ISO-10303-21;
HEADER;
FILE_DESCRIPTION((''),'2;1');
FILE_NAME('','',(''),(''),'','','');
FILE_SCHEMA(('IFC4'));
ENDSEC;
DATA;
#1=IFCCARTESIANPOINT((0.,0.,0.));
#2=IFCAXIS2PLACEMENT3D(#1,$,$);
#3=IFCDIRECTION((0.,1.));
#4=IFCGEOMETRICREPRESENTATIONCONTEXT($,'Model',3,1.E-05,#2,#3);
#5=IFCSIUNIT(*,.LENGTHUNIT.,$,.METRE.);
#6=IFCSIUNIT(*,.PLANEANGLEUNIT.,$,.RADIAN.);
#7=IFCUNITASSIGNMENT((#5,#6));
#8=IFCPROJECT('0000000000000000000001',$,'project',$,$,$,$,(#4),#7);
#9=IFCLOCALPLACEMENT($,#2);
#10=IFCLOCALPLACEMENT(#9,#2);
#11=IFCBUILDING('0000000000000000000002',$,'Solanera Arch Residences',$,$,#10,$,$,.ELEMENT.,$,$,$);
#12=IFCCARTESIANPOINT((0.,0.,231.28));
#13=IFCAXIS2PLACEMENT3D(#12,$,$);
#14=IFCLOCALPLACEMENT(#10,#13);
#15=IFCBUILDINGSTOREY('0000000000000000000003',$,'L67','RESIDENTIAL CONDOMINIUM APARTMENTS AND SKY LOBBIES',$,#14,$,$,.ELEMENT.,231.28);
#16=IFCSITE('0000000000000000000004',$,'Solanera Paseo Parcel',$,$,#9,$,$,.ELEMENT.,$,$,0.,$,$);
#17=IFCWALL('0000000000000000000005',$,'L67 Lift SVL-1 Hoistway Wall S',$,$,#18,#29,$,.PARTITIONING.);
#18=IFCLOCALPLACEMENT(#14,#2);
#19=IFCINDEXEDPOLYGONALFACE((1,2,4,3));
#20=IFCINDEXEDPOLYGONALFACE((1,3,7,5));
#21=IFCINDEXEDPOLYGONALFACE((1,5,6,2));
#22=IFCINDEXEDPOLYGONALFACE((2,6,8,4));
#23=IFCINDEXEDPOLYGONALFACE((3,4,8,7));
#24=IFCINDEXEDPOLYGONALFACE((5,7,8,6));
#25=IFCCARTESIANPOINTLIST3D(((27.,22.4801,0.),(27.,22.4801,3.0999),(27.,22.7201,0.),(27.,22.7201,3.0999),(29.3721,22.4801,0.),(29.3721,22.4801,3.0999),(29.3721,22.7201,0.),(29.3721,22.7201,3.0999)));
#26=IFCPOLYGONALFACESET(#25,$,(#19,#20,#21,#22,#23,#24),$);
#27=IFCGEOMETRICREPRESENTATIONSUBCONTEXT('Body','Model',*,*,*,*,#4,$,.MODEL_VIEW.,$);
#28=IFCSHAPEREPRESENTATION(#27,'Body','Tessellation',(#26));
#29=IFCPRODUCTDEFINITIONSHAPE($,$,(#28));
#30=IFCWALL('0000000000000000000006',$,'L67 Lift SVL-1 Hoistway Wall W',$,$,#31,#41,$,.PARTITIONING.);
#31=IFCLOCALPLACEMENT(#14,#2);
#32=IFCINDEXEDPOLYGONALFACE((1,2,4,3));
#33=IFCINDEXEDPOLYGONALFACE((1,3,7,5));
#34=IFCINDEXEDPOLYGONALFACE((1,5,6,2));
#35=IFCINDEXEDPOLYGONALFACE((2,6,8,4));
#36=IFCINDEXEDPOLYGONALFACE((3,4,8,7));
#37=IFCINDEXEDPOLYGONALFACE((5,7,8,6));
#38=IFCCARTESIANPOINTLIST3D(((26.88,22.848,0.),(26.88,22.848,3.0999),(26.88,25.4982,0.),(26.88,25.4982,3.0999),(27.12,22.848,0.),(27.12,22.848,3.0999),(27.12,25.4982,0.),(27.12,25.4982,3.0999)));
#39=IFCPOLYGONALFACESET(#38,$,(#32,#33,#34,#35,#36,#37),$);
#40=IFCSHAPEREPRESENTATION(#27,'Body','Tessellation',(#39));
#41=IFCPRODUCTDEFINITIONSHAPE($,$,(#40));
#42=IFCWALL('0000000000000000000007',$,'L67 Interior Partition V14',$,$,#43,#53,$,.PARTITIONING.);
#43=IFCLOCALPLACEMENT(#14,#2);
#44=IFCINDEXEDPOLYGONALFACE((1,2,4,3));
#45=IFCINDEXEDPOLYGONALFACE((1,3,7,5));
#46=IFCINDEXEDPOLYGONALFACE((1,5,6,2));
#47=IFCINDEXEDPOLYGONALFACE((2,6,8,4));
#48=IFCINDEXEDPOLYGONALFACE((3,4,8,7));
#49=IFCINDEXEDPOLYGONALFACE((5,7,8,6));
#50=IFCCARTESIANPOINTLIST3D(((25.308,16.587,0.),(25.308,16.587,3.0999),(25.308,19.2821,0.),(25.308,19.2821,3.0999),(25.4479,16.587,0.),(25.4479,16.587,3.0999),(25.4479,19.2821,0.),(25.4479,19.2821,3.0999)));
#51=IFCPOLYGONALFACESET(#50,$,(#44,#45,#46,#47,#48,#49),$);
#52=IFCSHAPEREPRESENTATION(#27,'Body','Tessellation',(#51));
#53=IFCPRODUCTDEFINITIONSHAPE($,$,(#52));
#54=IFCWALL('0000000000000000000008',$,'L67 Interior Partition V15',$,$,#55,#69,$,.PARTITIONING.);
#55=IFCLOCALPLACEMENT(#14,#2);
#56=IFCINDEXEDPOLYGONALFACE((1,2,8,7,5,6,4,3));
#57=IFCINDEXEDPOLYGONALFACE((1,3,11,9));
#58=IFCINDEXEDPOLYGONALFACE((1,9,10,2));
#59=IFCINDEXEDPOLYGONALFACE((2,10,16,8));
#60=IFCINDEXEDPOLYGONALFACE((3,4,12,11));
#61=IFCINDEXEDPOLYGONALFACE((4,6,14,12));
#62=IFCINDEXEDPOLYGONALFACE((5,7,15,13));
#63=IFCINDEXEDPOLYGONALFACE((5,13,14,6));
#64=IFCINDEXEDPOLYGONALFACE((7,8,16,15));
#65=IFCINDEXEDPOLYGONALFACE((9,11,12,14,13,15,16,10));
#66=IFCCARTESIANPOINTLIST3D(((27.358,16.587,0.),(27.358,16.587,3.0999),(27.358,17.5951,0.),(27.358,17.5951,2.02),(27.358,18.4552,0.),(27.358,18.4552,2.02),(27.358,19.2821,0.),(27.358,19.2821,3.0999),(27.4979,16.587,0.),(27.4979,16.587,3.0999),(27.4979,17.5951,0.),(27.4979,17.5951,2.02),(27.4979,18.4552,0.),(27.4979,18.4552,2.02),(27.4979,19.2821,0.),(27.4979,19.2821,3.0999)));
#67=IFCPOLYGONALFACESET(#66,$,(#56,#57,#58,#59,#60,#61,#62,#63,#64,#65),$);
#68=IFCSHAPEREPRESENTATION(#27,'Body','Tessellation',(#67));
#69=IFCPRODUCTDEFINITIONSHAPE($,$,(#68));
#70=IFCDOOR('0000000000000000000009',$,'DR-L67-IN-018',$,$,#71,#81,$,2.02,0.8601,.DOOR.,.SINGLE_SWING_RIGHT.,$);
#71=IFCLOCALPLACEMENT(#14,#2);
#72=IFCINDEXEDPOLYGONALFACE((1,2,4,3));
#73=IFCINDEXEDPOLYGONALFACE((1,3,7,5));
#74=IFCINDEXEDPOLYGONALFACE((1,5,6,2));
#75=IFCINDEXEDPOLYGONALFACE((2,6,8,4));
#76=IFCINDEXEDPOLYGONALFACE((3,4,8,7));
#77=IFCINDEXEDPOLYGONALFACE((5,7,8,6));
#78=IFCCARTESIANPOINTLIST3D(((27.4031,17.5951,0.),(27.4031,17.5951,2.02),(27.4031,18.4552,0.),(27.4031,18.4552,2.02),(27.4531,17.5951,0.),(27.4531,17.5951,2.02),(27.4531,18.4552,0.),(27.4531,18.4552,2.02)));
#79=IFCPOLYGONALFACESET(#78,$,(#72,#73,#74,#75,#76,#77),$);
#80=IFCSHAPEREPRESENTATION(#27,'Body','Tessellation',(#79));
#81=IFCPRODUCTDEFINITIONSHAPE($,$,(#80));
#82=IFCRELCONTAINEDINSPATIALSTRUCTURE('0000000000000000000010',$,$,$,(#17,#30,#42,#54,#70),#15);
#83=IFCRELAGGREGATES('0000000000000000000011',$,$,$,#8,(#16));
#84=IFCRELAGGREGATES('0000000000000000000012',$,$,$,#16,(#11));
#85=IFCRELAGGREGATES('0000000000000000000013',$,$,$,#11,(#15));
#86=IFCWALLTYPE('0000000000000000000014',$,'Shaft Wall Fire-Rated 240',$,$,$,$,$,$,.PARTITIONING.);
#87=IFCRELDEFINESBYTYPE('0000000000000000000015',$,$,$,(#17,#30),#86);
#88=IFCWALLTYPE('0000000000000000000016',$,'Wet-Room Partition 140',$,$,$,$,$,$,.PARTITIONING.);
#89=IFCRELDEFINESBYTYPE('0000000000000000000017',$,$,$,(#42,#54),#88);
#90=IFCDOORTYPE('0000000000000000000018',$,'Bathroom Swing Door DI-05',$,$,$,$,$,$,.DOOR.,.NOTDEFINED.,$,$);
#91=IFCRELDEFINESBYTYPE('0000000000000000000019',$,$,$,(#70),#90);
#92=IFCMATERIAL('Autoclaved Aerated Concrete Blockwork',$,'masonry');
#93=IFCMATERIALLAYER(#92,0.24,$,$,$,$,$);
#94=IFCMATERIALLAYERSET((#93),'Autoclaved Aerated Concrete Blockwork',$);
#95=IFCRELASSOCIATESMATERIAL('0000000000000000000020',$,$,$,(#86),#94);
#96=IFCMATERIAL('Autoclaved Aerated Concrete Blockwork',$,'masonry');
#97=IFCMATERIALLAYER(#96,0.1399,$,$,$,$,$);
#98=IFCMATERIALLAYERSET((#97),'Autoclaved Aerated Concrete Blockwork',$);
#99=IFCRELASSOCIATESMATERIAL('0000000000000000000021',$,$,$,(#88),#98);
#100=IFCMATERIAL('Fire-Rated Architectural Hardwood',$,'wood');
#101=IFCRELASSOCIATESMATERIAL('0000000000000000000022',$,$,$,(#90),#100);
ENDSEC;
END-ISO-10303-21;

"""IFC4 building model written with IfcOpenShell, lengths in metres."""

from ifc_helpers import new_model, si_unit, direction, frame, frame_2d, origin, place, context, subcontext, project, spatial, rectangle, extrude, material, layer, layer_set, type_object, element, fill, save


model = new_model("IFC4")

# Units and contexts
model_context = context("Model", 3, precision=1e-05, world=origin(), true_north=direction((0.0, 1.0)))
body_context = subcontext(model_context, "Body", "Model", "MODEL_VIEW")
ifc_project = project(units=[si_unit("LENGTHUNIT", "METRE"), si_unit("PLANEANGLEUNIT", "RADIAN")], contexts=[model_context])

# Site, building, storey
site_placement = place(None, origin())
site = spatial("IfcSite", under=ifc_project, at=site_placement, Name="Solanera Paseo Parcel", CompositionType="ELEMENT", RefElevation=0.0)
building_placement = place(site_placement, origin())
building = spatial("IfcBuilding", under=site, at=building_placement, Name="Solanera Arch Residences", CompositionType="ELEMENT")
storey_placement = place(building_placement, frame((0.0, 0.0, 231.28)))
storey = spatial("IfcBuildingStorey", under=building, at=storey_placement, Name="L67", Description="RESIDENTIAL CONDOMINIUM APARTMENTS AND SKY LOBBIES", CompositionType="ELEMENT", Elevation=231.28)

# Walls
ifc_material_1 = material(Name="Autoclaved Aerated Concrete Blockwork", Category="masonry")
ifc_layer_1 = layer(ifc_material_1, 0.24)
ifc_layer_set_1 = layer_set([ifc_layer_1], Name="Autoclaved Aerated Concrete Blockwork")
wall_type_1 = type_object("IfcWallType", Name="Shaft Wall Fire-Rated 240", PredefinedType="PARTITIONING", material=ifc_layer_set_1)
wall_1_placement = place(storey_placement, frame((27.0, 22.6001, 0.0), z_axis=(0.0, 0.0, 1.0), x_axis=(1.0, 0.0, 0.0)))
element("IfcWall", 1, at=wall_1_placement, inside=storey, type_object=wall_type_1, Name="L67 Lift SVL-1 Hoistway Wall S", PredefinedType="PARTITIONING", context=body_context, shape_type="SweptSolid", body=[
    extrude(rectangle(XDim=2.3721, YDim=0.24, at=frame_2d((1.186, 0.0))), origin(), (0.0, 0.0, 1.0), 3.0999),
])
wall_2_placement = place(storey_placement, frame((27.0, 22.8479, 0.0), z_axis=(0.0, 0.0, 1.0), x_axis=(0.0, 1.0, 0.0)))
element("IfcWall", 2, at=wall_2_placement, inside=storey, type_object=wall_type_1, Name="L67 Lift SVL-1 Hoistway Wall W", PredefinedType="PARTITIONING", context=body_context, shape_type="SweptSolid", body=[
    extrude(rectangle(XDim=2.6501, YDim=0.24, at=frame_2d((1.3252, 0.0))), origin(), (0.0, 0.0, 1.0), 3.0999),
])
ifc_material_2 = material(Name="Autoclaved Aerated Concrete Blockwork", Category="masonry")
ifc_layer_2 = layer(ifc_material_2, 0.1399)
ifc_layer_set_2 = layer_set([ifc_layer_2], Name="Autoclaved Aerated Concrete Blockwork")
wall_type_2 = type_object("IfcWallType", Name="Wet-Room Partition 140", PredefinedType="PARTITIONING", material=ifc_layer_set_2)
wall_3_placement = place(storey_placement, frame((25.3779, 16.5869, 0.0), z_axis=(0.0, 0.0, 1.0), x_axis=(0.0, 1.0, 0.0)))
element("IfcWall", 3, at=wall_3_placement, inside=storey, type_object=wall_type_2, Name="L67 Interior Partition V14", PredefinedType="PARTITIONING", context=body_context, shape_type="SweptSolid", body=[
    extrude(rectangle(XDim=2.6951, YDim=0.1399, at=frame_2d((1.3477, 0.0))), origin(), (0.0, 0.0, 1.0), 3.0999),
])

# Wall, opening, door
wall_4_placement = place(storey_placement, frame((27.428, 16.5869, 0.0), z_axis=(0.0, 0.0, 1.0), x_axis=(0.0, 1.0, 0.0)))
wall_4 = element("IfcWall", 4, at=wall_4_placement, inside=storey, type_object=wall_type_2, Name="L67 Interior Partition V15", PredefinedType="PARTITIONING", context=body_context, shape_type="SweptSolid", body=[
    extrude(rectangle(XDim=2.6951, YDim=0.1399, at=frame_2d((1.3477, 0.0))), origin(), (0.0, 0.0, 1.0), 3.0999),
])
opening_placement = place(wall_4_placement, frame((1.0081, 0.0, 0.0)))
opening = element("IfcOpeningElement", 5, at=opening_placement, cuts=wall_4, PredefinedType="OPENING", context=body_context, shape_type="SweptSolid", body=[
    extrude(rectangle(XDim=0.8601, YDim=2.02, at=frame_2d((0.4302, 1.01))), frame((0.0, 0.0798, 0.0), z_axis=(0.0, -1.0, 0.0), x_axis=(1.0, 0.0, 0.0)), (0.0, 0.0, 1.0), 0.1599),
])
ifc_material_3 = material(Name="Fire-Rated Architectural Hardwood", Category="wood")
door_type = type_object("IfcDoorType", Name="Bathroom Swing Door DI-05", OperationType="NOTDEFINED", PredefinedType="DOOR", material=ifc_material_3)
door_placement = place(opening_placement, origin())
door = element("IfcDoor", 6, at=door_placement, inside=storey, type_object=door_type, Name="DR-L67-IN-018", OperationType="SINGLE_SWING_RIGHT", OverallHeight=2.02, OverallWidth=0.8601, PredefinedType="DOOR", context=body_context, shape_type="SweptSolid", body=[
    extrude(rectangle(XDim=0.8601, YDim=2.02, at=frame_2d((0.4302, 1.01))), frame((0.0, 0.0249, 0.0), z_axis=(0.0, -1.0, 0.0), x_axis=(1.0, 0.0, 0.0)), (0.0, 0.0, 1.0), 0.05),
])
fill(opening, door)

save(model, "model.ifc")
